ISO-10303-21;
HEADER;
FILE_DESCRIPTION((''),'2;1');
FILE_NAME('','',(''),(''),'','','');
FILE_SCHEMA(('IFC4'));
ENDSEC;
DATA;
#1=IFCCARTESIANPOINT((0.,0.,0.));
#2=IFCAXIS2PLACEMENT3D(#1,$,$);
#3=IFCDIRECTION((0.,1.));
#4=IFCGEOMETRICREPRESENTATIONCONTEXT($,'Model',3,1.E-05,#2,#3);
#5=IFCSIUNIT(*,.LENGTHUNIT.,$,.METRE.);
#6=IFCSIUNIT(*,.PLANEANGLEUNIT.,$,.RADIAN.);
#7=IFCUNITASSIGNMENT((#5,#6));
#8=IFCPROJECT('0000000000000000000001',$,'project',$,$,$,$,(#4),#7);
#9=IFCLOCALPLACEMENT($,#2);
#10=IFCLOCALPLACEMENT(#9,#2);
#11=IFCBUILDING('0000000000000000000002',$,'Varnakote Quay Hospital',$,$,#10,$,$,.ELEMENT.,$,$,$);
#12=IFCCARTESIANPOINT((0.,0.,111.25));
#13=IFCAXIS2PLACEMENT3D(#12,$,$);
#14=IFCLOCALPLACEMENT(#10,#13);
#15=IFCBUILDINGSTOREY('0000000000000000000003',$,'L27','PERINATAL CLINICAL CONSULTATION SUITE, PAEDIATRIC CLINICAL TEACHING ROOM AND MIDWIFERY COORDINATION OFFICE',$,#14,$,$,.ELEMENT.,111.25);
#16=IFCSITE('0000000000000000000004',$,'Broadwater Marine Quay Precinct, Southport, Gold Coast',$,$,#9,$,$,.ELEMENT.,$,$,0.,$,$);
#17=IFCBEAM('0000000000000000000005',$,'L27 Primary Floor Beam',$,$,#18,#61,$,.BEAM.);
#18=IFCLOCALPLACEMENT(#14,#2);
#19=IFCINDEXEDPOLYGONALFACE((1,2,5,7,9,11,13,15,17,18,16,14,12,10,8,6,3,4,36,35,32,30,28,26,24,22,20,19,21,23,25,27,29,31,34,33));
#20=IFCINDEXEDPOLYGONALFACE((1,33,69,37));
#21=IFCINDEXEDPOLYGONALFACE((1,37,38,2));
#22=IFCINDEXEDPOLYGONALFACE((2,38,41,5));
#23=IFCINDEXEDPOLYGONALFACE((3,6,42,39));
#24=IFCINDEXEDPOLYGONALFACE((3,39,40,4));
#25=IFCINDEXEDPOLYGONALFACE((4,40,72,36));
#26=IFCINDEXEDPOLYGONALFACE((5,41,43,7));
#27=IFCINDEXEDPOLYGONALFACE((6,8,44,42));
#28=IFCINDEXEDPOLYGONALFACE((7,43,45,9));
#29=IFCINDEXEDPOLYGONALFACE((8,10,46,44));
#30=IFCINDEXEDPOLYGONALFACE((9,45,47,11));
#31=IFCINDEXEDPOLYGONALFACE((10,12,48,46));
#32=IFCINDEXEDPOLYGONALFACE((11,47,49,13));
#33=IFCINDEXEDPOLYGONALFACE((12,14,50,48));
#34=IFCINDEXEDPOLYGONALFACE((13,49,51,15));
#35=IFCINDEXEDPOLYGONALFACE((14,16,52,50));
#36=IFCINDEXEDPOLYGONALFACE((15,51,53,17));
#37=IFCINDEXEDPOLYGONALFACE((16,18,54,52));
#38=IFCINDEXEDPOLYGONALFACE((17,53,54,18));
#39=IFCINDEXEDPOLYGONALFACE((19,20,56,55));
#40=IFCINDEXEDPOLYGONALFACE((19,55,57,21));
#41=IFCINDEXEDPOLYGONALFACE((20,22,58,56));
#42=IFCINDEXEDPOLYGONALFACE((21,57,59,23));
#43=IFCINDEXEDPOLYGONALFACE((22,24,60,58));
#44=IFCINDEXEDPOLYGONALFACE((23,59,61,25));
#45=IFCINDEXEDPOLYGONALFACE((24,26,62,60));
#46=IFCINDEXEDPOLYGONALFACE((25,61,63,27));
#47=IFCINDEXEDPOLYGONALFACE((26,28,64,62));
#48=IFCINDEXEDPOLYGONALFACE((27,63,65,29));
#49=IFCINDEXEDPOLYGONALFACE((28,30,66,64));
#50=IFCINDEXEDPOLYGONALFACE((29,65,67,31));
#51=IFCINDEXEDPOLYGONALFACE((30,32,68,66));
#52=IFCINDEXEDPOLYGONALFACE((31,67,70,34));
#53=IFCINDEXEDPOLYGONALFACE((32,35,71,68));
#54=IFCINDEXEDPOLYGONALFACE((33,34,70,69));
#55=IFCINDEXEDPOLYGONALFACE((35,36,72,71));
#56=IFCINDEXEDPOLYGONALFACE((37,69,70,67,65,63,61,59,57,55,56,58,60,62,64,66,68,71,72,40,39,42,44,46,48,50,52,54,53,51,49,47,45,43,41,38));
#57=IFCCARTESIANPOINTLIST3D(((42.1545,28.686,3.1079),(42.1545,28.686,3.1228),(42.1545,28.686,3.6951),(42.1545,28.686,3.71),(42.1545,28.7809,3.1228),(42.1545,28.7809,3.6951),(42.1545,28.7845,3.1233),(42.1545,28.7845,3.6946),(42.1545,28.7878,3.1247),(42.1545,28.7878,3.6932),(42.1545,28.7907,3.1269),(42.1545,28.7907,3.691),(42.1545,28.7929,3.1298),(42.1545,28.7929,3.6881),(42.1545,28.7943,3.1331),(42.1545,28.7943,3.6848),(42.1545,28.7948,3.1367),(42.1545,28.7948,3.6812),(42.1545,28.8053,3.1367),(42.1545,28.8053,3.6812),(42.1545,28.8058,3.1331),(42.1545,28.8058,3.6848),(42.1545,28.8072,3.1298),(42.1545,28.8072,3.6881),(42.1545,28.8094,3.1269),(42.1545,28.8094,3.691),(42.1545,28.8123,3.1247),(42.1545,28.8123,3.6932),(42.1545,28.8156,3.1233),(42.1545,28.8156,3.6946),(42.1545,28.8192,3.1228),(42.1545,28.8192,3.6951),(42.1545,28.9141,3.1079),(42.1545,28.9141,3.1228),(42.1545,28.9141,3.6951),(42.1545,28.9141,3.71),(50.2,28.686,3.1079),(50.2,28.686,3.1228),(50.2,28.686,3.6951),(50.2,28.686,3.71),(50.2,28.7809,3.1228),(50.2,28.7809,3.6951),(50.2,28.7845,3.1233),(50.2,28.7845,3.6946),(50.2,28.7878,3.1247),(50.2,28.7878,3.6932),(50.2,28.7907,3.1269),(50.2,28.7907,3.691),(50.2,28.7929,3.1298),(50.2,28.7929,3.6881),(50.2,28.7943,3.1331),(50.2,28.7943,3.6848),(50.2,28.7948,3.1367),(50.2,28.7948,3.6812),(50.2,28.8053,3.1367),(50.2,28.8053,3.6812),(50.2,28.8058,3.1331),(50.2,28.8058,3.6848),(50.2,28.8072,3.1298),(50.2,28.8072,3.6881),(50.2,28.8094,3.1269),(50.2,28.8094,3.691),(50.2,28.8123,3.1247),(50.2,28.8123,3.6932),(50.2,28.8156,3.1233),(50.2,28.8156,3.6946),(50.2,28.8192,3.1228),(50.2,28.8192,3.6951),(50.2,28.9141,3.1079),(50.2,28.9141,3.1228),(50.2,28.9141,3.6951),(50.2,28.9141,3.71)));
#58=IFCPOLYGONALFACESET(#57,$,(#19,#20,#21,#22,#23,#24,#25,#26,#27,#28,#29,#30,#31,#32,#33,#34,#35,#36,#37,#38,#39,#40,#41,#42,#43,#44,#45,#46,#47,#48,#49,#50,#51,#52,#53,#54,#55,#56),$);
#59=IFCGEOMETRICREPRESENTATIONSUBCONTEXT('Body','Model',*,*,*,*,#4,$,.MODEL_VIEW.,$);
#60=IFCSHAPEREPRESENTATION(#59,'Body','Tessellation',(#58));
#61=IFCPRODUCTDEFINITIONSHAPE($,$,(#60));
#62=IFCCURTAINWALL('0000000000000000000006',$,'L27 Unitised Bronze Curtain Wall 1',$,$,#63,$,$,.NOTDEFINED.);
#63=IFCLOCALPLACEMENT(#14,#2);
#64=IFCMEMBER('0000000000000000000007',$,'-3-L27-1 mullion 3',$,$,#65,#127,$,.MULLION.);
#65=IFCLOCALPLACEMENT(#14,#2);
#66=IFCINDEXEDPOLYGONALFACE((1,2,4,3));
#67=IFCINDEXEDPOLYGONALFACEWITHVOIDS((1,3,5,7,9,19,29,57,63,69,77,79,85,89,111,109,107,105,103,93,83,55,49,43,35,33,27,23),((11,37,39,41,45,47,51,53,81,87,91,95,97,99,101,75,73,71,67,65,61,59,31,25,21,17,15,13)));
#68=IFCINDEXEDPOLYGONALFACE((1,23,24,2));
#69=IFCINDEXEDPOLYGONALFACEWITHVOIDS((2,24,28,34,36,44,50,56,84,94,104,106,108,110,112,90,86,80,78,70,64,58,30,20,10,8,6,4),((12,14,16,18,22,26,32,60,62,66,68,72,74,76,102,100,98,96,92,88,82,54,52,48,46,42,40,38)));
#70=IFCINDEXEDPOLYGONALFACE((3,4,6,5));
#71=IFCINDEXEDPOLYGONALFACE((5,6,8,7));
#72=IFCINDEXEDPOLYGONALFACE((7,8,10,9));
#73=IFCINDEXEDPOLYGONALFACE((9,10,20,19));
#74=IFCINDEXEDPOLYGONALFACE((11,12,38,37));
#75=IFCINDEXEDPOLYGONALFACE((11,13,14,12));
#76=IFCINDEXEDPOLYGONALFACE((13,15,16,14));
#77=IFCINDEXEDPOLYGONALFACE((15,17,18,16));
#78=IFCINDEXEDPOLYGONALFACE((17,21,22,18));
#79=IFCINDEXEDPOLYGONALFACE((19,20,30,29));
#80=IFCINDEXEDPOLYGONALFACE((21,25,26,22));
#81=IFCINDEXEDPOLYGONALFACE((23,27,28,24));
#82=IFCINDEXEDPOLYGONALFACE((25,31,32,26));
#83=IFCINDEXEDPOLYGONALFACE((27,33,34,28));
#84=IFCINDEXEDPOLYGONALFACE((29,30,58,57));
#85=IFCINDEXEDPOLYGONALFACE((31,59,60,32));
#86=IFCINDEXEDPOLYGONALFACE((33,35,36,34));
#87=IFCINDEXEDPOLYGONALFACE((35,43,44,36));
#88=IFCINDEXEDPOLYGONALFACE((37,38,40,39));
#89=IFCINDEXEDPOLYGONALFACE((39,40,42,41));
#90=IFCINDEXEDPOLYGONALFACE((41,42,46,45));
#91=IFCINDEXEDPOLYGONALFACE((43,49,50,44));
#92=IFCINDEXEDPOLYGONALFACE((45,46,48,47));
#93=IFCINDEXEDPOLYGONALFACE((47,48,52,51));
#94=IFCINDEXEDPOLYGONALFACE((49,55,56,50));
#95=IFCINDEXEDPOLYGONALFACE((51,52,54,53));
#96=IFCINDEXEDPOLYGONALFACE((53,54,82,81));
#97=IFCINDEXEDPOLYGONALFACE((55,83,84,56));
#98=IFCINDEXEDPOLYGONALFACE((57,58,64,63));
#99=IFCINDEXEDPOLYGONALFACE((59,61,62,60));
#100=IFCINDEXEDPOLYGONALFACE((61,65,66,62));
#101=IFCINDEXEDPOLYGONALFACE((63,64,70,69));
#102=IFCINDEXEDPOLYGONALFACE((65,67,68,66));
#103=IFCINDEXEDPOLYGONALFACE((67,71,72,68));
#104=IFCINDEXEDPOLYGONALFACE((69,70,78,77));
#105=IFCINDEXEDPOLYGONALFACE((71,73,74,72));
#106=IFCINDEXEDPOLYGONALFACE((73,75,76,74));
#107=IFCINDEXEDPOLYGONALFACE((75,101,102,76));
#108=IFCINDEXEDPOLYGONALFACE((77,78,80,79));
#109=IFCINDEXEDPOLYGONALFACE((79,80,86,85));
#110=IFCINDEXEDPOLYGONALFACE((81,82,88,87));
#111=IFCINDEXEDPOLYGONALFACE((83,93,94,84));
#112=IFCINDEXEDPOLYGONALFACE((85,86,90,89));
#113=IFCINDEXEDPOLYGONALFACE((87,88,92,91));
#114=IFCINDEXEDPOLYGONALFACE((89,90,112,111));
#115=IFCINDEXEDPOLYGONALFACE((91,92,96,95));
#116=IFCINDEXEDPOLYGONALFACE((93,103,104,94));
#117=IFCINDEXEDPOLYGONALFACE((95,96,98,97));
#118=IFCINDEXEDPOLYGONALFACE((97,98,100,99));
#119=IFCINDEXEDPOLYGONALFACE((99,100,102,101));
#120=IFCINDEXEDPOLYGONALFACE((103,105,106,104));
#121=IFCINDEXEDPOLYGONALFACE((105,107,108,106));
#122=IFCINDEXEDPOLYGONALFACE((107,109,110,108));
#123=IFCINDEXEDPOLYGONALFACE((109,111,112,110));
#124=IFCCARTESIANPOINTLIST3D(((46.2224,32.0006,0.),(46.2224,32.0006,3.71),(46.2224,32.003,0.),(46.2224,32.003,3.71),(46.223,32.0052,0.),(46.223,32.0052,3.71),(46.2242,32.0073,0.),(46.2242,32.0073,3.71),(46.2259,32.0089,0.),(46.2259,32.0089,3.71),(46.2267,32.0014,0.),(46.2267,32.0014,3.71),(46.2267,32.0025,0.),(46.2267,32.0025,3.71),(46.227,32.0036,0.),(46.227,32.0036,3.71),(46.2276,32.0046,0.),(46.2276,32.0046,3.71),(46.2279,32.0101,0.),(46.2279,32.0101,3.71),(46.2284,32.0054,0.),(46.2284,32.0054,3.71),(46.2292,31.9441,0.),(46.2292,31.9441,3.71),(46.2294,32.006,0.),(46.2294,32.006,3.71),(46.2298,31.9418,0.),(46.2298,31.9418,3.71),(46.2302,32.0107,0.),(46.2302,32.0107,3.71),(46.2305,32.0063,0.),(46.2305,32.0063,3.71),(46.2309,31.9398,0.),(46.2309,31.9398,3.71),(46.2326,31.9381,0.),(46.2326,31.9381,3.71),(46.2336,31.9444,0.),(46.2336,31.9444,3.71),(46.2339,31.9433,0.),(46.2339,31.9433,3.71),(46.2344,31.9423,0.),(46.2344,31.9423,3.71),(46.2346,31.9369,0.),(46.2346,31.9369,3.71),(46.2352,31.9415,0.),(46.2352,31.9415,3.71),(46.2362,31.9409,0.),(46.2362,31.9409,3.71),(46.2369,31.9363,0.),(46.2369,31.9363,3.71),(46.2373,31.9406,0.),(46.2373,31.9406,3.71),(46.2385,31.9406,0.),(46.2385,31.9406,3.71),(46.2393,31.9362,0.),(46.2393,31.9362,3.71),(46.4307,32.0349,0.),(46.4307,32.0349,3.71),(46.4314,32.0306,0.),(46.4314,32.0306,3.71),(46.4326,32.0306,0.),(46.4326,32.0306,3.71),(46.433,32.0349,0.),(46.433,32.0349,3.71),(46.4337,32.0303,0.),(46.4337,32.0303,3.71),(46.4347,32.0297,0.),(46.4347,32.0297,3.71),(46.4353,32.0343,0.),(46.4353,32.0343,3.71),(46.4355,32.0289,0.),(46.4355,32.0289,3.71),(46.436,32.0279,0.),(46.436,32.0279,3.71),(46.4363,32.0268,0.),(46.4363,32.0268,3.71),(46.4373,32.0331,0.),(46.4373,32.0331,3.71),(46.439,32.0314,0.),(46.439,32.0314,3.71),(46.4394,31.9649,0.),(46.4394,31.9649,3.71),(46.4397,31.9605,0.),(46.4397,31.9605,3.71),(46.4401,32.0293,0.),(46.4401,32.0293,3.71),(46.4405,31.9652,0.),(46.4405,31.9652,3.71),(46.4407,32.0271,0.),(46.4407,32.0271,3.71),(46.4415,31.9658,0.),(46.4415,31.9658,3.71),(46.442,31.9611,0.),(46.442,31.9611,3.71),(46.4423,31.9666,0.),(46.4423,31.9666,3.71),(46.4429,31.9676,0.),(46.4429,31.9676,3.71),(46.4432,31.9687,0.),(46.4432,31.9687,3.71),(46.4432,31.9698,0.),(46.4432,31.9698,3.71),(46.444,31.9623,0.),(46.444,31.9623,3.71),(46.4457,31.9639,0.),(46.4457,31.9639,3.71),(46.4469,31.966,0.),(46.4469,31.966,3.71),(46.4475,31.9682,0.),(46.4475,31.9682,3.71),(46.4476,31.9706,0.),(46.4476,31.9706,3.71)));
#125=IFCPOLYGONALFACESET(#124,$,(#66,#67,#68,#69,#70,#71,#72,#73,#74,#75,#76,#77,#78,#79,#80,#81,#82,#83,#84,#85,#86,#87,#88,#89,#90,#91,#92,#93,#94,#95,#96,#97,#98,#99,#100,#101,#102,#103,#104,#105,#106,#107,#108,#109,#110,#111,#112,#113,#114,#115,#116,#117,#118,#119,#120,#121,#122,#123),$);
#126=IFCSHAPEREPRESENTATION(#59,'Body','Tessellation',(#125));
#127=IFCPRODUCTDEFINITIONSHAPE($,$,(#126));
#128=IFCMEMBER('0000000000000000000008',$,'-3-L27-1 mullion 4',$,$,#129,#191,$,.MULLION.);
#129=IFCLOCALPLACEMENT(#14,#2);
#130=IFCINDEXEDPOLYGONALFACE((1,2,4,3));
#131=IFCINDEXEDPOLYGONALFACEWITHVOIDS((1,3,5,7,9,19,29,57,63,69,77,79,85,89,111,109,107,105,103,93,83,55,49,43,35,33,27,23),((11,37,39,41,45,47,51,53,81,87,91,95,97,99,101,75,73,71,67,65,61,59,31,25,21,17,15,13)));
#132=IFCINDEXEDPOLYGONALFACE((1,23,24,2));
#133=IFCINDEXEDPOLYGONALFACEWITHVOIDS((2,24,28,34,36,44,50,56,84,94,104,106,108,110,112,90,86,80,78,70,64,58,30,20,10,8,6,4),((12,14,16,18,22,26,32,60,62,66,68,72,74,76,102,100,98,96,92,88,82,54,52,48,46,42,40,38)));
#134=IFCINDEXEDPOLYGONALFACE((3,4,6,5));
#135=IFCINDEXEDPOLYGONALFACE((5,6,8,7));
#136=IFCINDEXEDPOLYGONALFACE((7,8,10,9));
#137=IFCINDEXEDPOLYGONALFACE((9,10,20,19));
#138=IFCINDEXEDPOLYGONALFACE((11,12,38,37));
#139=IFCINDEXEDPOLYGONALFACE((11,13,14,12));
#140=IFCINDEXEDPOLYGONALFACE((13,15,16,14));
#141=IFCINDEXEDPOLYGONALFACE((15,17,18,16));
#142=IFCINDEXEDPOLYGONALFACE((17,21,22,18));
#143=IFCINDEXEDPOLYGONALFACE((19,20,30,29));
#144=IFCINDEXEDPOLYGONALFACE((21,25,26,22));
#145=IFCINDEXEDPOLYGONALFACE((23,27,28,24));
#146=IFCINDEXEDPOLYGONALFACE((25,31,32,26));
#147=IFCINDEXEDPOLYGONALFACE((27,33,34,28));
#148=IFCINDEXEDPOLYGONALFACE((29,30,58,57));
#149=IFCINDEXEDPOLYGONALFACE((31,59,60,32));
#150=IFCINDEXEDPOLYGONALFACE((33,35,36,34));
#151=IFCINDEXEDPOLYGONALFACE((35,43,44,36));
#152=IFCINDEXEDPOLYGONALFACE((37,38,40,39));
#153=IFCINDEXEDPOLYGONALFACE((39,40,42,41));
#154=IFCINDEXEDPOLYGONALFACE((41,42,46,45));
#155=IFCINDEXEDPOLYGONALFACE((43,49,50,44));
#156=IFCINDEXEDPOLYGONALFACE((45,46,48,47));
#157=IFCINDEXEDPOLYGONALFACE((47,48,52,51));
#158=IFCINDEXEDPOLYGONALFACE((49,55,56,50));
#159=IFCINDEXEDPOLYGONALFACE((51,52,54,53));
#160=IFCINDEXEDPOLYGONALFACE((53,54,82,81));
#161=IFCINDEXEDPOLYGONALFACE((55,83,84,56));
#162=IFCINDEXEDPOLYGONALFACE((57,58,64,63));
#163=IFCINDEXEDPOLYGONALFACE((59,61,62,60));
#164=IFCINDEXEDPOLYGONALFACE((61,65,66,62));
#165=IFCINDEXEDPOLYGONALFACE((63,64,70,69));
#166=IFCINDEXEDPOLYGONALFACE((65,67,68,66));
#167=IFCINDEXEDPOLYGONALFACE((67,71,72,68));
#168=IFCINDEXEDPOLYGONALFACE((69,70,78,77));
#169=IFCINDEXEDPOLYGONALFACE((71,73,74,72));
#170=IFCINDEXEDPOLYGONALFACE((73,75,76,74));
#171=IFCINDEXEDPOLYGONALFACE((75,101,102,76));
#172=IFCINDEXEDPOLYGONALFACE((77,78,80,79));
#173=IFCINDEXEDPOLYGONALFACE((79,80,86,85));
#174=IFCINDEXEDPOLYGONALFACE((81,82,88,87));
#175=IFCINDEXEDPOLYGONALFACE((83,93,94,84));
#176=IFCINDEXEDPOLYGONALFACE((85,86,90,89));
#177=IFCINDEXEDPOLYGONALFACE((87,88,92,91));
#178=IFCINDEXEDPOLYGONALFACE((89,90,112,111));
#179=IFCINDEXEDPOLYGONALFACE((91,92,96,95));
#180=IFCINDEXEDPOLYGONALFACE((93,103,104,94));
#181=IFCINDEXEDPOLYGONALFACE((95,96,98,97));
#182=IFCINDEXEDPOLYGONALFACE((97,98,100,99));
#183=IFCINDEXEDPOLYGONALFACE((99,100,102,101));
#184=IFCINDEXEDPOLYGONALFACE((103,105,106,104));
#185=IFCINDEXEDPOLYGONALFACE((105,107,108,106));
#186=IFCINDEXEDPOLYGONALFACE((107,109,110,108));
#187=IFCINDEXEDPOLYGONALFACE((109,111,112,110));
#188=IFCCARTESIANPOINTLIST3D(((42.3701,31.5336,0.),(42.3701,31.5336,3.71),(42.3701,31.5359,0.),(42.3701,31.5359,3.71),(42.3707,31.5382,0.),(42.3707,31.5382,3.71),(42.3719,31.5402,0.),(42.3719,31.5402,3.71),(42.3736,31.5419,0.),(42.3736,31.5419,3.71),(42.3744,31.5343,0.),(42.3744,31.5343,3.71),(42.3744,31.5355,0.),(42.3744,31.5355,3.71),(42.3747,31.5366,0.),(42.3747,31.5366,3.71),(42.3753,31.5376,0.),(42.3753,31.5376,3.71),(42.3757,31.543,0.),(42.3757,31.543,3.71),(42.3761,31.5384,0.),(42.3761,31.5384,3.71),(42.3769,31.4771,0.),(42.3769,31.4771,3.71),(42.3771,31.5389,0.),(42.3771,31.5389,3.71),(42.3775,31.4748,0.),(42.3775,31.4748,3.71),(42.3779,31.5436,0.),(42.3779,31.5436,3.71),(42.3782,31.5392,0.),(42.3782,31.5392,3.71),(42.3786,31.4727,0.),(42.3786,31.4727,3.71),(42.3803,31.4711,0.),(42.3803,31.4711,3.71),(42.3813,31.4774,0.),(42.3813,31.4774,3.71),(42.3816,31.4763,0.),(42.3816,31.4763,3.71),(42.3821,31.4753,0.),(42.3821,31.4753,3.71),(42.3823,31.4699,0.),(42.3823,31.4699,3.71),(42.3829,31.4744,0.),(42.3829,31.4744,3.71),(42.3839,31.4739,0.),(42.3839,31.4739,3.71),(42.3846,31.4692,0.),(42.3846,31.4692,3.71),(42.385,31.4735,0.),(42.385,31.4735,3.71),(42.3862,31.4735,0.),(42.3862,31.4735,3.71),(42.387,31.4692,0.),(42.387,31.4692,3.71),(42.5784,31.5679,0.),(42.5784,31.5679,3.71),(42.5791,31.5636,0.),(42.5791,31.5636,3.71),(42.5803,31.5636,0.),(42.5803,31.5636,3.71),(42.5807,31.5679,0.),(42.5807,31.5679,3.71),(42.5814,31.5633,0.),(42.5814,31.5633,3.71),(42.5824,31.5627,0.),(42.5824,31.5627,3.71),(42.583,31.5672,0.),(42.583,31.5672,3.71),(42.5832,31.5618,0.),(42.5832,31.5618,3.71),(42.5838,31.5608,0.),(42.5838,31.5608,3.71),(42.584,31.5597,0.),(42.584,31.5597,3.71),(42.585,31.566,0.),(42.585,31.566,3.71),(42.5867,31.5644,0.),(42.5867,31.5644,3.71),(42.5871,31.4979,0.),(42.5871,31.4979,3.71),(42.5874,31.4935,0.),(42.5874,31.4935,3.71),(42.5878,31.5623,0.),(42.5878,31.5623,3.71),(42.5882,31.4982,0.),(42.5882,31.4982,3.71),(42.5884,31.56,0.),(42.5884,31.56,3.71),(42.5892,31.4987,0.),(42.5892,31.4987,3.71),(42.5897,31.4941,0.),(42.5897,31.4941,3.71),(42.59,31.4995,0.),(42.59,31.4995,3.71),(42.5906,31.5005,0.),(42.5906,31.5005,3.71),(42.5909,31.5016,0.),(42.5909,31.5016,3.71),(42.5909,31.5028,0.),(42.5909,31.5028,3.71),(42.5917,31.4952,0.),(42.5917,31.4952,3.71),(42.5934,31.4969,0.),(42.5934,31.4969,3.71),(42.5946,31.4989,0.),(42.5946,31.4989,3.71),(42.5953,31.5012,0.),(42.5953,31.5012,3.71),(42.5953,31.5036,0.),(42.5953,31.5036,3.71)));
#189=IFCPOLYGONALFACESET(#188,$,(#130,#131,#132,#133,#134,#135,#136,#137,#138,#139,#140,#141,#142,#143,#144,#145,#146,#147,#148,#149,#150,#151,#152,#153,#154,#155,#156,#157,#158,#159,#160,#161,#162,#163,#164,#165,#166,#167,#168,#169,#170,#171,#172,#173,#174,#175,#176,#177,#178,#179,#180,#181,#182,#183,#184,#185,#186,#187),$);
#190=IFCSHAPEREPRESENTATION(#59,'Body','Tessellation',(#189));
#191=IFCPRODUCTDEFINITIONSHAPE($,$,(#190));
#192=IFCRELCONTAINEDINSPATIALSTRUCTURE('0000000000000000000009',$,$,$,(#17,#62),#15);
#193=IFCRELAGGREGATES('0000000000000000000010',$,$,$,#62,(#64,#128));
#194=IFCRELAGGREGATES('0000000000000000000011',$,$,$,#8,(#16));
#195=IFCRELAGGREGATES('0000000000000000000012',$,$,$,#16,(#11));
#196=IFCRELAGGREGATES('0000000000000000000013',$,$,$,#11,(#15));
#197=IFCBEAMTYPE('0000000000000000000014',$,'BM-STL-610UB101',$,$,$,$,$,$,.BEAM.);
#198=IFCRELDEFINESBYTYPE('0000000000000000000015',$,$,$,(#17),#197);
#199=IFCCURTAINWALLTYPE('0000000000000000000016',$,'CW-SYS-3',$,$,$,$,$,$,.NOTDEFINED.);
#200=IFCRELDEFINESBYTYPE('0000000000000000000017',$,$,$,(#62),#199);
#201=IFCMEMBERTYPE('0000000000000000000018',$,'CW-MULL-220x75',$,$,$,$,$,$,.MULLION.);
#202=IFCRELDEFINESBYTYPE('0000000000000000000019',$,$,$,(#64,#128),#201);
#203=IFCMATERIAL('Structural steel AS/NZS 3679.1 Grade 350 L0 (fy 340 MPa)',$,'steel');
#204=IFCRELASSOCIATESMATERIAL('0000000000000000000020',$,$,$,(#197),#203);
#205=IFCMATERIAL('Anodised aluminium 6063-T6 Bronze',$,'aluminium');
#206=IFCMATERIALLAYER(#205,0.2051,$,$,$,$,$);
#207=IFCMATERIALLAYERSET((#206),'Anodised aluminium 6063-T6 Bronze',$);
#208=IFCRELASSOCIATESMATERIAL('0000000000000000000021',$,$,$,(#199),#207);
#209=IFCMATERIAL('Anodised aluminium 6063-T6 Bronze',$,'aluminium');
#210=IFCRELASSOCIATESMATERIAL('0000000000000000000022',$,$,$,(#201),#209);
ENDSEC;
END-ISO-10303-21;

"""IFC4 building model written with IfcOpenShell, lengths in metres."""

from ifc_helpers import new_model, si_unit, direction, frame, origin, origin_2d, place, context, subcontext, project, spatial, hollow_rectangle, i_section, extrude, material, layer, layer_set, material_profile, profile_set, type_object, element, aggregate, save


model = new_model("IFC4")

# Units and contexts
model_context = context("Model", 3, precision=1e-05, world=origin(), true_north=direction((0.0, 1.0)))
body_context = subcontext(model_context, "Body", "Model", "MODEL_VIEW")
ifc_project = project(units=[si_unit("LENGTHUNIT", "METRE"), si_unit("PLANEANGLEUNIT", "RADIAN")], contexts=[model_context])

# Site, building, storey
site_placement = place(None, origin())
site = spatial("IfcSite", under=ifc_project, at=site_placement, Name="Broadwater Marine Quay Precinct, Southport, Gold Coast", CompositionType="ELEMENT", RefElevation=0.0)
building_placement = place(site_placement, origin())
building = spatial("IfcBuilding", under=site, at=building_placement, Name="Varnakote Quay Hospital", CompositionType="ELEMENT")
storey_placement = place(building_placement, frame((0.0, 0.0, 111.25)))
storey = spatial("IfcBuildingStorey", under=building, at=storey_placement, Name="L27", Description="PERINATAL CLINICAL CONSULTATION SUITE, PAEDIATRIC CLINICAL TEACHING ROOM AND MIDWIFERY COORDINATION OFFICE", CompositionType="ELEMENT", Elevation=111.25)

# Beam
ifc_material_1 = material(Name="Structural steel AS/NZS 3679.1 Grade 350 L0 (fy 340 MPa)", Category="steel")
ifc_material_profile_1 = material_profile(ifc_material_1, i_section(OverallWidth=0.228, OverallDepth=0.6021, WebThickness=0.0105, FlangeThickness=0.0149, FilletRadius=0.0139, at=origin_2d()), Name="610UB101")
ifc_profile_set_1 = profile_set([ifc_material_profile_1], Name="Structural steel AS/NZS 3679.1 Grade 350 L0 (fy 340 MPa)")
beam_type_1 = type_object("IfcBeamType", Name="BM-STL-610UB101", PredefinedType="BEAM", material=ifc_profile_set_1)
beam_1_placement = place(storey_placement, frame((42.1545, 28.8, 3.4089), z_axis=(1.0, 0.0, 0.0), x_axis=(0.0, 1.0, 0.0)))
element("IfcBeam", 1, at=beam_1_placement, inside=storey, type_object=beam_type_1, Name="L27 Primary Floor Beam", PredefinedType="BEAM", context=body_context, shape_type="SweptSolid", body=[
    extrude(i_section(OverallWidth=0.228, OverallDepth=0.6021, WebThickness=0.0105, FlangeThickness=0.0149, FilletRadius=0.0139, at=origin_2d()), origin(), (0.0, 0.0, 1.0), 8.0454),
])

# Curtain wall, members
ifc_material_2 = material(Name="Anodised aluminium 6063-T6 Bronze", Category="aluminium")
ifc_layer_1 = layer(ifc_material_2, 0.2051)
ifc_layer_set_1 = layer_set([ifc_layer_1], Name="Anodised aluminium 6063-T6 Bronze")
curtain_wall_type = type_object("IfcCurtainWallType", Name="CW-SYS-3", PredefinedType="NOTDEFINED", material=ifc_layer_set_1)
curtain_wall_placement = place(storey_placement, origin())
curtain_wall = element("IfcCurtainWall", 2, at=curtain_wall_placement, inside=storey, type_object=curtain_wall_type, Name="L27 Unitised Bronze Curtain Wall 1", PredefinedType="NOTDEFINED")
ifc_material_3 = material(Name="Anodised aluminium 6063-T6 Bronze", Category="aluminium")
ifc_material_profile_2 = material_profile(ifc_material_3, hollow_rectangle(XDim=0.075, YDim=0.22, WallThickness=0.0044, InnerFilletRadius=0.0044, OuterFilletRadius=0.009, at=origin_2d()), Name="CW-MULL-220x75")
ifc_profile_set_2 = profile_set([ifc_material_profile_2], Name="Anodised aluminium 6063-T6 Bronze")
member_type_1 = type_object("IfcMemberType", Name="CW-MULL-220x75", PredefinedType="MULLION", material=ifc_profile_set_2)
member_1_placement = place(storey_placement, frame((46.335, 31.9856, 0.0), z_axis=(0.0, 0.0, 1.0), x_axis=(0.120327, -0.992734, 0.0)))
member_1 = element("IfcMember", 3, at=member_1_placement, type_object=member_type_1, Name="-3-L27-1 mullion 3", PredefinedType="MULLION", context=body_context, shape_type="SweptSolid", body=[
    extrude(hollow_rectangle(XDim=0.075, YDim=0.22, WallThickness=0.0044, InnerFilletRadius=0.0044, OuterFilletRadius=0.009, at=origin_2d()), origin(), (0.0, 0.0, 1.0), 3.71),
])
member_2_placement = place(storey_placement, frame((42.4827, 31.5186, 0.0), z_axis=(0.0, 0.0, 1.0), x_axis=(0.120327, -0.992734, 0.0)))
member_2 = element("IfcMember", 4, at=member_2_placement, type_object=member_type_1, Name="-3-L27-1 mullion 4", PredefinedType="MULLION", context=body_context, shape_type="SweptSolid", body=[
    extrude(hollow_rectangle(XDim=0.075, YDim=0.22, WallThickness=0.0044, InnerFilletRadius=0.0044, OuterFilletRadius=0.009, at=origin_2d()), origin(), (0.0, 0.0, 1.0), 3.71),
])

aggregate(curtain_wall, [member_1, member_2])

save(model, "model.ifc")
